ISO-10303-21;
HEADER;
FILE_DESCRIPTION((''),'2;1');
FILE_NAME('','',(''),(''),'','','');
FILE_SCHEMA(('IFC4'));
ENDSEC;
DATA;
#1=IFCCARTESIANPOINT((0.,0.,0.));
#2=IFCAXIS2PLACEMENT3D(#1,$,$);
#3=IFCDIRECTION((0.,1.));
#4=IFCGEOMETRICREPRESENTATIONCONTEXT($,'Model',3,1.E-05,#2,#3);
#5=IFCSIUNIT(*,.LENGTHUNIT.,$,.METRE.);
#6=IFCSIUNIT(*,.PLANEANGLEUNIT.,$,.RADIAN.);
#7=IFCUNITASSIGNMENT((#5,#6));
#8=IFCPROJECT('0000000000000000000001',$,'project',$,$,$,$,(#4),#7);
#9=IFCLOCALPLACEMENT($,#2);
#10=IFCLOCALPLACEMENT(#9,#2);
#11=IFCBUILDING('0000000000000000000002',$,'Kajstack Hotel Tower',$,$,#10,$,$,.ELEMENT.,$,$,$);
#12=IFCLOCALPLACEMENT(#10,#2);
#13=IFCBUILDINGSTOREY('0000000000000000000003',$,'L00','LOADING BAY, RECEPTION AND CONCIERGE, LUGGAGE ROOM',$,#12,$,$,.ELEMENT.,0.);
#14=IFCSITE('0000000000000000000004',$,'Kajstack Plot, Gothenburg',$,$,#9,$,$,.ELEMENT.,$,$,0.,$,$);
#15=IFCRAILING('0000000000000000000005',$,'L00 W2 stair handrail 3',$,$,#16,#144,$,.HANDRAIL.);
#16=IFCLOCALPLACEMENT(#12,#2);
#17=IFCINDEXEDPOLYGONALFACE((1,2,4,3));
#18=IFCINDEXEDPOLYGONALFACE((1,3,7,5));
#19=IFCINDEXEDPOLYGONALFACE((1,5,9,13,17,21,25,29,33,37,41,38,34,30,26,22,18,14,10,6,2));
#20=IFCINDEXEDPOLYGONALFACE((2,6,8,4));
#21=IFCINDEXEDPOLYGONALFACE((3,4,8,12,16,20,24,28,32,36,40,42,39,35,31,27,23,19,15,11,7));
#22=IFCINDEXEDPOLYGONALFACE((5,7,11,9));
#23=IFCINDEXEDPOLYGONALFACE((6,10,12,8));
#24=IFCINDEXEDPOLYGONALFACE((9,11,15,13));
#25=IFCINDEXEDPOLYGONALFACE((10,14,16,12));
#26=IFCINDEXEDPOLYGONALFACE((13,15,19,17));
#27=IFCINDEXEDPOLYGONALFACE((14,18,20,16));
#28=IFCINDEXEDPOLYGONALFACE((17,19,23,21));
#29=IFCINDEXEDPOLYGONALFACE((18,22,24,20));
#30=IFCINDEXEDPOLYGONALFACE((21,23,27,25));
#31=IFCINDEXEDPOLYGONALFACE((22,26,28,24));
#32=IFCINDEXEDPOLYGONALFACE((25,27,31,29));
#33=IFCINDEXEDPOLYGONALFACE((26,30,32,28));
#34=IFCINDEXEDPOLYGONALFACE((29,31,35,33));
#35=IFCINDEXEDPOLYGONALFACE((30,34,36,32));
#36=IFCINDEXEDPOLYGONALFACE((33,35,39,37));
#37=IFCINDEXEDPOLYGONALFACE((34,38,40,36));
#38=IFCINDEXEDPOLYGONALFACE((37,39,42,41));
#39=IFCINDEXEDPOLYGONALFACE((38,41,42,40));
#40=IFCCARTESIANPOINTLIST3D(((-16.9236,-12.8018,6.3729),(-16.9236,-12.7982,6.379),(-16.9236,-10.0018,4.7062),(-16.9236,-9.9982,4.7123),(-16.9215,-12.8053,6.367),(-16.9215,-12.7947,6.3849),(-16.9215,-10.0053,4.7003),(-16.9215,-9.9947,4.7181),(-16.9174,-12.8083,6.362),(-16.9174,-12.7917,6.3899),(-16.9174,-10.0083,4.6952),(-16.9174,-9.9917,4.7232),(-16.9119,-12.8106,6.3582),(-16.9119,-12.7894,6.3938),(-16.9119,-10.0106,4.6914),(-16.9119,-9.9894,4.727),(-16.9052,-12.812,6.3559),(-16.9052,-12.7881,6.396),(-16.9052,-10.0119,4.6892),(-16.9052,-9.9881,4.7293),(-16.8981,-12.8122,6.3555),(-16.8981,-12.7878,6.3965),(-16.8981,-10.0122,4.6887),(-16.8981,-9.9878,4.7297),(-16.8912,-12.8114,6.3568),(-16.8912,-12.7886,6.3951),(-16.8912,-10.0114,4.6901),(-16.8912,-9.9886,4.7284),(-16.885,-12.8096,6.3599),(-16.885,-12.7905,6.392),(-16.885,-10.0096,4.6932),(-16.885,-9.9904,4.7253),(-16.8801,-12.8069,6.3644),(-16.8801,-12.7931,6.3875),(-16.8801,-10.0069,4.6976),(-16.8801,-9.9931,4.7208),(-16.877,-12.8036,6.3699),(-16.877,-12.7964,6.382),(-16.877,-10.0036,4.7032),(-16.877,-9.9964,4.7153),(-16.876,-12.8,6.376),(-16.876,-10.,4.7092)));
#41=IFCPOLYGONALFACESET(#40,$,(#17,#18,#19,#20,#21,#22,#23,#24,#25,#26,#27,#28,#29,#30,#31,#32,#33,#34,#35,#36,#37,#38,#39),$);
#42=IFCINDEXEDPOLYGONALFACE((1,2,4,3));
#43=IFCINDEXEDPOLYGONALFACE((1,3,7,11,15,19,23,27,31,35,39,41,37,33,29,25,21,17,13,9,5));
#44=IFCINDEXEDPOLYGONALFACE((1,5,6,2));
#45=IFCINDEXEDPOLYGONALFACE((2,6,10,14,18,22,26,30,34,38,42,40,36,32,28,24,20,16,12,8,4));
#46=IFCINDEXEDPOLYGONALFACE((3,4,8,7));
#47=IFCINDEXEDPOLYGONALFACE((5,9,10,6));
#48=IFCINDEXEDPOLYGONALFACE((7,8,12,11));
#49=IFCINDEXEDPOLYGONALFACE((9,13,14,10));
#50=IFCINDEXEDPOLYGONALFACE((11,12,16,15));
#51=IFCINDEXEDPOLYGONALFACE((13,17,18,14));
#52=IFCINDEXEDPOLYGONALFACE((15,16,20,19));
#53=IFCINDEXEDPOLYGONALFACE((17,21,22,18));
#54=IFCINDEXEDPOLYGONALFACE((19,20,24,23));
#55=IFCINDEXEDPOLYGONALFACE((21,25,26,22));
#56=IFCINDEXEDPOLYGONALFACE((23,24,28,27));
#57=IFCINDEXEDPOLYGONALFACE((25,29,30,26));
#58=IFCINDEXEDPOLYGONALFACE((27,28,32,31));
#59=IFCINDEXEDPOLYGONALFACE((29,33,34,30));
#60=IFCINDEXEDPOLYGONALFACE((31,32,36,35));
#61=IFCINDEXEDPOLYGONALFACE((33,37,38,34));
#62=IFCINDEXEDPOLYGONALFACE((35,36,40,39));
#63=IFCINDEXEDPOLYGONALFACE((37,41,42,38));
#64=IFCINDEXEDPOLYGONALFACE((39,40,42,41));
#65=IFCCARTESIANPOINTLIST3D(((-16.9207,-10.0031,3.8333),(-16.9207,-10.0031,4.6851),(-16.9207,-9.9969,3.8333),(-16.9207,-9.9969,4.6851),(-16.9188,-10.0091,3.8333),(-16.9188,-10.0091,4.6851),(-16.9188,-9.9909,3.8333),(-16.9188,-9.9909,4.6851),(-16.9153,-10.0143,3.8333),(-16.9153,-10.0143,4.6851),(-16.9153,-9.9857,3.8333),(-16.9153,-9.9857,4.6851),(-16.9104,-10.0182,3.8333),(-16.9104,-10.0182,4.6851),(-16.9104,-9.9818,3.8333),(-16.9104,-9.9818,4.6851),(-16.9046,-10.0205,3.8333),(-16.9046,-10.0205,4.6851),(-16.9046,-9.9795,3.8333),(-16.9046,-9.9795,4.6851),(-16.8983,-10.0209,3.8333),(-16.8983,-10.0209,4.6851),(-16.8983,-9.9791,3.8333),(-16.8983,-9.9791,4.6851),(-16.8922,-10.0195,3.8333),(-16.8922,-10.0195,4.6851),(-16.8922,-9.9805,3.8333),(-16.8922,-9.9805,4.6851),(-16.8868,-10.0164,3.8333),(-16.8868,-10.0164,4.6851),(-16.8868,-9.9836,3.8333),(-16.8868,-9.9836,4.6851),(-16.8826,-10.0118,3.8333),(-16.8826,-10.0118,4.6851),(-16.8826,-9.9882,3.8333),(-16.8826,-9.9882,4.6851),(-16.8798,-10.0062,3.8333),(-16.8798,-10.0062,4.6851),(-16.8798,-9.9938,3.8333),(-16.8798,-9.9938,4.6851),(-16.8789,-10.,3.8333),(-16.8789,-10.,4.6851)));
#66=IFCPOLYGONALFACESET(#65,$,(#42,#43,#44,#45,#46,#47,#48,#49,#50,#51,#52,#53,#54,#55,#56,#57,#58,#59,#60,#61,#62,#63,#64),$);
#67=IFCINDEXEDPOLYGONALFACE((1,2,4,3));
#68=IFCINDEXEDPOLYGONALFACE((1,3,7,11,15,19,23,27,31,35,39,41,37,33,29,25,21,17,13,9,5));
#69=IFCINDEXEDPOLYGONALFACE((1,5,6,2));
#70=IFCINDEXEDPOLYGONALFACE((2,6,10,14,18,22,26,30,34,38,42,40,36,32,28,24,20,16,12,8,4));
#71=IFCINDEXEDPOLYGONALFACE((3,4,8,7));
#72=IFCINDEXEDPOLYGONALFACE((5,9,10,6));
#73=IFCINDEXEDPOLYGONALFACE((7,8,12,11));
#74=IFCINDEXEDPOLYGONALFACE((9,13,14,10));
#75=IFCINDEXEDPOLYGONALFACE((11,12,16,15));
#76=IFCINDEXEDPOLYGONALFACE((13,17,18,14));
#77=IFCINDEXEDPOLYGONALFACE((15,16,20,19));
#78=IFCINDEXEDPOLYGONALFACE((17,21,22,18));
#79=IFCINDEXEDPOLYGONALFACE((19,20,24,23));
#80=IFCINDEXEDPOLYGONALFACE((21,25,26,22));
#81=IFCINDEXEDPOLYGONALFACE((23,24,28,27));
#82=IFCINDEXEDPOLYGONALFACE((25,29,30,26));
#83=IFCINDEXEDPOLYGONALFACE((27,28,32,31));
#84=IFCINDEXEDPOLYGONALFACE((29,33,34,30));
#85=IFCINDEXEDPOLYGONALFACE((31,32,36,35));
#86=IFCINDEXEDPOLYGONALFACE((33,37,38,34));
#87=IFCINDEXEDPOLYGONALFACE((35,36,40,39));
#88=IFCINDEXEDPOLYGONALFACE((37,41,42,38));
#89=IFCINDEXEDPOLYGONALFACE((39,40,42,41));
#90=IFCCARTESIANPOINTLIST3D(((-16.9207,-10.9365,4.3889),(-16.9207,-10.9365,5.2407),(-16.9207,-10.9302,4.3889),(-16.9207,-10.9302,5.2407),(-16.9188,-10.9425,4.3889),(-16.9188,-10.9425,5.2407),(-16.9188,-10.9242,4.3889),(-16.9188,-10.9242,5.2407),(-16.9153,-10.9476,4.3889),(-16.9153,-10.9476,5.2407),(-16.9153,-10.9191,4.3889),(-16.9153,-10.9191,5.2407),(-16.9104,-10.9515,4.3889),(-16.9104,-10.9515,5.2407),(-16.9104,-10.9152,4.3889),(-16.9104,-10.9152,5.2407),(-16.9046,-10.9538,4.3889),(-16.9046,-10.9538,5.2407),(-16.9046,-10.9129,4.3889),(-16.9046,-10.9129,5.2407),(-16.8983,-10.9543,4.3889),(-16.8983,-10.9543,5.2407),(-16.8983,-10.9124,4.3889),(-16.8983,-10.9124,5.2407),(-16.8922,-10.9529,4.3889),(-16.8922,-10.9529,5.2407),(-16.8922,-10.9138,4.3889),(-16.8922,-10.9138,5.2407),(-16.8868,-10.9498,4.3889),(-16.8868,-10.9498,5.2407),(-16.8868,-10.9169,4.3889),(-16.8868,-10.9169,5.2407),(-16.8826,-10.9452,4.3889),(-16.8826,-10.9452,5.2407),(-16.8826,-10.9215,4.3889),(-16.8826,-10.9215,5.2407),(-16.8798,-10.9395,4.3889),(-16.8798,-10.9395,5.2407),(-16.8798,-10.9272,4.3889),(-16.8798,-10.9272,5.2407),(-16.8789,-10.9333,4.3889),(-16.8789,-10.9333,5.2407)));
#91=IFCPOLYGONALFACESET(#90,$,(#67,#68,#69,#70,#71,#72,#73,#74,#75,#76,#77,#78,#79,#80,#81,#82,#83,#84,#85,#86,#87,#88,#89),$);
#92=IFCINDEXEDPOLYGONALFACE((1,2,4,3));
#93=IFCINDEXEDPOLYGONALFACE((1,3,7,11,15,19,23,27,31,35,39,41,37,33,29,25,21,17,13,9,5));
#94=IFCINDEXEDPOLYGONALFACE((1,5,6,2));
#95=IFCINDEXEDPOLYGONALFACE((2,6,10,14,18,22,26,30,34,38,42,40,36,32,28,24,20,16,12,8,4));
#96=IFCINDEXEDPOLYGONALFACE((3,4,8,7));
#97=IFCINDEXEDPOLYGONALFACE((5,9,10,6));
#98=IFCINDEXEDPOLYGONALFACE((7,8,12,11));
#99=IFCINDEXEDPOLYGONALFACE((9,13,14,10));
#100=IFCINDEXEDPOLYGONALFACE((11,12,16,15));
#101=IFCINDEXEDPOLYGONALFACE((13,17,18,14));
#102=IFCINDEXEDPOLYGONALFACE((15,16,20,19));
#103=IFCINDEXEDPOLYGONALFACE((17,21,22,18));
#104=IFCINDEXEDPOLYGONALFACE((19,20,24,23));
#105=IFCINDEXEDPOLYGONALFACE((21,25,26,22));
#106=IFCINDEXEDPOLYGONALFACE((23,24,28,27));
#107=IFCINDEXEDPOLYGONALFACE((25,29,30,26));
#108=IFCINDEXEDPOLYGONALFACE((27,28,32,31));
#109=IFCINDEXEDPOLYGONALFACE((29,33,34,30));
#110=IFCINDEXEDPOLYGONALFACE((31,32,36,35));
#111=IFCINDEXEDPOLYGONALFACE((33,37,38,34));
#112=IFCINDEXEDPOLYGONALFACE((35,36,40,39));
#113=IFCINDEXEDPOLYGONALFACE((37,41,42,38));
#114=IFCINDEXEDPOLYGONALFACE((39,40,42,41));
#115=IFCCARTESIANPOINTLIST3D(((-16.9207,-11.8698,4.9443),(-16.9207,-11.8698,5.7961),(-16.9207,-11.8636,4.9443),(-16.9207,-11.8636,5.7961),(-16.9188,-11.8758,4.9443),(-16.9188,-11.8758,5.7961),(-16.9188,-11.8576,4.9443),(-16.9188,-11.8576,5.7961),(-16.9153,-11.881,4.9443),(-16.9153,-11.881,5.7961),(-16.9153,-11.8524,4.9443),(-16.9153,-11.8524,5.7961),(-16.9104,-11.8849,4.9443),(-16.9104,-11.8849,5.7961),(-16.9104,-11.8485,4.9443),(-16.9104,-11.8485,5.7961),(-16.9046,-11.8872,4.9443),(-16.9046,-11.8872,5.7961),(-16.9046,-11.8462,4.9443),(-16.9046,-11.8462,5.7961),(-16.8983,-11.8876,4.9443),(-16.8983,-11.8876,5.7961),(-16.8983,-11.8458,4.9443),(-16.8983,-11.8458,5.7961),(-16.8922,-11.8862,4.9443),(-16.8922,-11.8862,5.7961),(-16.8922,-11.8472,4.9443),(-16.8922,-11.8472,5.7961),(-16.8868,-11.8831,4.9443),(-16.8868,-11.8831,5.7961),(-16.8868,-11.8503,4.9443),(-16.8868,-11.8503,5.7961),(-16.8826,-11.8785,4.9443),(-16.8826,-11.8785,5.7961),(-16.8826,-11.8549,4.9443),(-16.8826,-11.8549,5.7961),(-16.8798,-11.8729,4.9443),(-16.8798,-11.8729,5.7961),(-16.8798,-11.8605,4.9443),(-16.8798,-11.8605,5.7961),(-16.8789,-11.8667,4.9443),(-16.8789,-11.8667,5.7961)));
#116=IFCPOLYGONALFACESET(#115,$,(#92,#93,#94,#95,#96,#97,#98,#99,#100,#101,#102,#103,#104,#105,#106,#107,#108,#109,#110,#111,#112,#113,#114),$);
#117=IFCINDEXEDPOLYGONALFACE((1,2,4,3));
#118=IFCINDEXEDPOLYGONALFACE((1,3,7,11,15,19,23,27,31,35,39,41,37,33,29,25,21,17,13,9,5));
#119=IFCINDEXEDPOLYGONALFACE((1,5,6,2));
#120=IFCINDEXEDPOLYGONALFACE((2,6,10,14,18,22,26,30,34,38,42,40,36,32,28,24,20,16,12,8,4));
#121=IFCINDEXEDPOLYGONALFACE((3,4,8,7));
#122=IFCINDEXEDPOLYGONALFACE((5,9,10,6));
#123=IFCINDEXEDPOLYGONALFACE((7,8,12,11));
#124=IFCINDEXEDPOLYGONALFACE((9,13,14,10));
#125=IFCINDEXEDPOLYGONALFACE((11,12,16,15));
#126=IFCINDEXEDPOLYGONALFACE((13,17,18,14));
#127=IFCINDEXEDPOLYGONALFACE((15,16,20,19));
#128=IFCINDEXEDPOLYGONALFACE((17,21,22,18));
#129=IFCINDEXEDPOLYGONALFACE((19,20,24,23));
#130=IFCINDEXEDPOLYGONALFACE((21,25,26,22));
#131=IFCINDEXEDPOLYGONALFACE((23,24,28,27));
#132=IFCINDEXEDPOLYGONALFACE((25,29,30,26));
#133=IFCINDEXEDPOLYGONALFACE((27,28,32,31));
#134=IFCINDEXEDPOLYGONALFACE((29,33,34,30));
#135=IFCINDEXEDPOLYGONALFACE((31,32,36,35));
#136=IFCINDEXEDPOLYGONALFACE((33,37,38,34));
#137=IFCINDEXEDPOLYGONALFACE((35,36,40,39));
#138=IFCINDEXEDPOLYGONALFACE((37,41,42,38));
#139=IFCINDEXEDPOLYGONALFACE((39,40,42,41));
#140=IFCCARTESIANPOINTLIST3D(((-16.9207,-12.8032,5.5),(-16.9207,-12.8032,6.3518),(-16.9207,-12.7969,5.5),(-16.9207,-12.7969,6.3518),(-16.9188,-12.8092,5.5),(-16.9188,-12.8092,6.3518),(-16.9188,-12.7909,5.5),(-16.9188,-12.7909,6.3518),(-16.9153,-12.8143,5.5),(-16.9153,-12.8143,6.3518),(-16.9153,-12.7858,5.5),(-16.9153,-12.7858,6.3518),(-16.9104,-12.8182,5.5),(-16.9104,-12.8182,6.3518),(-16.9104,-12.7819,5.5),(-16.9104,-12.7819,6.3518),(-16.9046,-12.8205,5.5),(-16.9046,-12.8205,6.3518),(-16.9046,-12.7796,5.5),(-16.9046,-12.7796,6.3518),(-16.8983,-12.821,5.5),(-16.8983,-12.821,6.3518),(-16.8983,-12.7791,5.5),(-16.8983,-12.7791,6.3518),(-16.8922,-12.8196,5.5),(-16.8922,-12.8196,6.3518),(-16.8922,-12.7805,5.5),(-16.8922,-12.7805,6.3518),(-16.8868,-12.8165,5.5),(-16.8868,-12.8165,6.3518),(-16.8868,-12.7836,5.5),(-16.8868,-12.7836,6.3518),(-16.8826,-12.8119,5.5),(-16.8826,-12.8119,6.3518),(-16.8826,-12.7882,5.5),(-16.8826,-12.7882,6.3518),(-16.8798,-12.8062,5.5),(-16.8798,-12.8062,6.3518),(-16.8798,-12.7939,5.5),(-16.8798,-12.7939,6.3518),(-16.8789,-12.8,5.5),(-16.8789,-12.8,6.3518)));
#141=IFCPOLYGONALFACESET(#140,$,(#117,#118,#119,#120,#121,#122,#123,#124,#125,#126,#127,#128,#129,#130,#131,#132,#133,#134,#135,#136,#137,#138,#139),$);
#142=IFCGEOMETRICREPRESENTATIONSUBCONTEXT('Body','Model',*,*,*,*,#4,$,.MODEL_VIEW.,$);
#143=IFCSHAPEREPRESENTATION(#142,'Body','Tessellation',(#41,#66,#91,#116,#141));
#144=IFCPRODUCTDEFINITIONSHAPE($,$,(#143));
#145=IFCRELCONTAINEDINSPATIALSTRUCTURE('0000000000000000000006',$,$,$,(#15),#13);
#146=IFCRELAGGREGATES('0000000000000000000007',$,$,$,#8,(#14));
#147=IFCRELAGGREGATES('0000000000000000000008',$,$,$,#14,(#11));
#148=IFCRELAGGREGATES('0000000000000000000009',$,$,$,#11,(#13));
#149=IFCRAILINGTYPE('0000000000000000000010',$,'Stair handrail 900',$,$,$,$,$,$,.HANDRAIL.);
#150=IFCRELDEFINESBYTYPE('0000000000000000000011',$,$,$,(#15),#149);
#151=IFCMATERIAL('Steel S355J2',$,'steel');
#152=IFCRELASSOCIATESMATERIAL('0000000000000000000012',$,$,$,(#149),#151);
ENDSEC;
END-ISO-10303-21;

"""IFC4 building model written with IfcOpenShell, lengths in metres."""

from ifc_helpers import new_model, si_unit, direction, frame, origin, origin_2d, place, context, subcontext, project, spatial, circle, extrude, material, type_object, element, save


model = new_model("IFC4")

# Units and contexts
model_context = context("Model", 3, precision=1e-05, world=origin(), true_north=direction((0.0, 1.0)))
body_context = subcontext(model_context, "Body", "Model", "MODEL_VIEW")
ifc_project = project(units=[si_unit("LENGTHUNIT", "METRE"), si_unit("PLANEANGLEUNIT", "RADIAN")], contexts=[model_context])

# Site, building, storey
site_placement = place(None, origin())
site = spatial("IfcSite", under=ifc_project, at=site_placement, Name="Kajstack Plot, Gothenburg", CompositionType="ELEMENT", RefElevation=0.0)
building_placement = place(site_placement, origin())
building = spatial("IfcBuilding", under=site, at=building_placement, Name="Kajstack Hotel Tower", CompositionType="ELEMENT")
storey_placement = place(building_placement, origin())
storey = spatial("IfcBuildingStorey", under=building, at=storey_placement, Name="L00", Description="LOADING BAY, RECEPTION AND CONCIERGE, LUGGAGE ROOM", CompositionType="ELEMENT", Elevation=0.0)

# Railing
ifc_material_1 = material(Name="Steel S355J2", Category="steel")
railing_type_1 = type_object("IfcRailingType", Name="Stair handrail 900", PredefinedType="HANDRAIL", material=ifc_material_1)
for number, where, name in (
    (1, (-16.8999, -10.0, 3.8333), "L00 W2 stair handrail 3"),
):
    element("IfcRailing", number, at=place(storey_placement, frame(where)), inside=storey, type_object=railing_type_1, Name=name, PredefinedType="HANDRAIL", context=body_context, shape_type="SweptSolid", body=[
        extrude(circle(Radius=0.0239, at=origin_2d()), frame((0.0, 0.0, 0.876), z_axis=(0.0, -0.859286, 0.511496), x_axis=(1.0, 0.0, 0.0)), (0.0, 0.0, 1.0), 3.2585),
        extrude(circle(Radius=0.021, at=origin_2d()), origin(), (0.0, 0.0, 1.0), 0.8518),
        extrude(circle(Radius=0.021, at=origin_2d()), frame((0.0, -0.9333, 0.5557)), (0.0, 0.0, 1.0), 0.8518),
        extrude(circle(Radius=0.021, at=origin_2d()), frame((0.0, -1.8667, 1.1111)), (0.0, 0.0, 1.0), 0.8518),
        extrude(circle(Radius=0.021, at=origin_2d()), frame((0.0, -2.8, 1.6667)), (0.0, 0.0, 1.0), 0.8518),
    ])

save(model, "model.ifc")
